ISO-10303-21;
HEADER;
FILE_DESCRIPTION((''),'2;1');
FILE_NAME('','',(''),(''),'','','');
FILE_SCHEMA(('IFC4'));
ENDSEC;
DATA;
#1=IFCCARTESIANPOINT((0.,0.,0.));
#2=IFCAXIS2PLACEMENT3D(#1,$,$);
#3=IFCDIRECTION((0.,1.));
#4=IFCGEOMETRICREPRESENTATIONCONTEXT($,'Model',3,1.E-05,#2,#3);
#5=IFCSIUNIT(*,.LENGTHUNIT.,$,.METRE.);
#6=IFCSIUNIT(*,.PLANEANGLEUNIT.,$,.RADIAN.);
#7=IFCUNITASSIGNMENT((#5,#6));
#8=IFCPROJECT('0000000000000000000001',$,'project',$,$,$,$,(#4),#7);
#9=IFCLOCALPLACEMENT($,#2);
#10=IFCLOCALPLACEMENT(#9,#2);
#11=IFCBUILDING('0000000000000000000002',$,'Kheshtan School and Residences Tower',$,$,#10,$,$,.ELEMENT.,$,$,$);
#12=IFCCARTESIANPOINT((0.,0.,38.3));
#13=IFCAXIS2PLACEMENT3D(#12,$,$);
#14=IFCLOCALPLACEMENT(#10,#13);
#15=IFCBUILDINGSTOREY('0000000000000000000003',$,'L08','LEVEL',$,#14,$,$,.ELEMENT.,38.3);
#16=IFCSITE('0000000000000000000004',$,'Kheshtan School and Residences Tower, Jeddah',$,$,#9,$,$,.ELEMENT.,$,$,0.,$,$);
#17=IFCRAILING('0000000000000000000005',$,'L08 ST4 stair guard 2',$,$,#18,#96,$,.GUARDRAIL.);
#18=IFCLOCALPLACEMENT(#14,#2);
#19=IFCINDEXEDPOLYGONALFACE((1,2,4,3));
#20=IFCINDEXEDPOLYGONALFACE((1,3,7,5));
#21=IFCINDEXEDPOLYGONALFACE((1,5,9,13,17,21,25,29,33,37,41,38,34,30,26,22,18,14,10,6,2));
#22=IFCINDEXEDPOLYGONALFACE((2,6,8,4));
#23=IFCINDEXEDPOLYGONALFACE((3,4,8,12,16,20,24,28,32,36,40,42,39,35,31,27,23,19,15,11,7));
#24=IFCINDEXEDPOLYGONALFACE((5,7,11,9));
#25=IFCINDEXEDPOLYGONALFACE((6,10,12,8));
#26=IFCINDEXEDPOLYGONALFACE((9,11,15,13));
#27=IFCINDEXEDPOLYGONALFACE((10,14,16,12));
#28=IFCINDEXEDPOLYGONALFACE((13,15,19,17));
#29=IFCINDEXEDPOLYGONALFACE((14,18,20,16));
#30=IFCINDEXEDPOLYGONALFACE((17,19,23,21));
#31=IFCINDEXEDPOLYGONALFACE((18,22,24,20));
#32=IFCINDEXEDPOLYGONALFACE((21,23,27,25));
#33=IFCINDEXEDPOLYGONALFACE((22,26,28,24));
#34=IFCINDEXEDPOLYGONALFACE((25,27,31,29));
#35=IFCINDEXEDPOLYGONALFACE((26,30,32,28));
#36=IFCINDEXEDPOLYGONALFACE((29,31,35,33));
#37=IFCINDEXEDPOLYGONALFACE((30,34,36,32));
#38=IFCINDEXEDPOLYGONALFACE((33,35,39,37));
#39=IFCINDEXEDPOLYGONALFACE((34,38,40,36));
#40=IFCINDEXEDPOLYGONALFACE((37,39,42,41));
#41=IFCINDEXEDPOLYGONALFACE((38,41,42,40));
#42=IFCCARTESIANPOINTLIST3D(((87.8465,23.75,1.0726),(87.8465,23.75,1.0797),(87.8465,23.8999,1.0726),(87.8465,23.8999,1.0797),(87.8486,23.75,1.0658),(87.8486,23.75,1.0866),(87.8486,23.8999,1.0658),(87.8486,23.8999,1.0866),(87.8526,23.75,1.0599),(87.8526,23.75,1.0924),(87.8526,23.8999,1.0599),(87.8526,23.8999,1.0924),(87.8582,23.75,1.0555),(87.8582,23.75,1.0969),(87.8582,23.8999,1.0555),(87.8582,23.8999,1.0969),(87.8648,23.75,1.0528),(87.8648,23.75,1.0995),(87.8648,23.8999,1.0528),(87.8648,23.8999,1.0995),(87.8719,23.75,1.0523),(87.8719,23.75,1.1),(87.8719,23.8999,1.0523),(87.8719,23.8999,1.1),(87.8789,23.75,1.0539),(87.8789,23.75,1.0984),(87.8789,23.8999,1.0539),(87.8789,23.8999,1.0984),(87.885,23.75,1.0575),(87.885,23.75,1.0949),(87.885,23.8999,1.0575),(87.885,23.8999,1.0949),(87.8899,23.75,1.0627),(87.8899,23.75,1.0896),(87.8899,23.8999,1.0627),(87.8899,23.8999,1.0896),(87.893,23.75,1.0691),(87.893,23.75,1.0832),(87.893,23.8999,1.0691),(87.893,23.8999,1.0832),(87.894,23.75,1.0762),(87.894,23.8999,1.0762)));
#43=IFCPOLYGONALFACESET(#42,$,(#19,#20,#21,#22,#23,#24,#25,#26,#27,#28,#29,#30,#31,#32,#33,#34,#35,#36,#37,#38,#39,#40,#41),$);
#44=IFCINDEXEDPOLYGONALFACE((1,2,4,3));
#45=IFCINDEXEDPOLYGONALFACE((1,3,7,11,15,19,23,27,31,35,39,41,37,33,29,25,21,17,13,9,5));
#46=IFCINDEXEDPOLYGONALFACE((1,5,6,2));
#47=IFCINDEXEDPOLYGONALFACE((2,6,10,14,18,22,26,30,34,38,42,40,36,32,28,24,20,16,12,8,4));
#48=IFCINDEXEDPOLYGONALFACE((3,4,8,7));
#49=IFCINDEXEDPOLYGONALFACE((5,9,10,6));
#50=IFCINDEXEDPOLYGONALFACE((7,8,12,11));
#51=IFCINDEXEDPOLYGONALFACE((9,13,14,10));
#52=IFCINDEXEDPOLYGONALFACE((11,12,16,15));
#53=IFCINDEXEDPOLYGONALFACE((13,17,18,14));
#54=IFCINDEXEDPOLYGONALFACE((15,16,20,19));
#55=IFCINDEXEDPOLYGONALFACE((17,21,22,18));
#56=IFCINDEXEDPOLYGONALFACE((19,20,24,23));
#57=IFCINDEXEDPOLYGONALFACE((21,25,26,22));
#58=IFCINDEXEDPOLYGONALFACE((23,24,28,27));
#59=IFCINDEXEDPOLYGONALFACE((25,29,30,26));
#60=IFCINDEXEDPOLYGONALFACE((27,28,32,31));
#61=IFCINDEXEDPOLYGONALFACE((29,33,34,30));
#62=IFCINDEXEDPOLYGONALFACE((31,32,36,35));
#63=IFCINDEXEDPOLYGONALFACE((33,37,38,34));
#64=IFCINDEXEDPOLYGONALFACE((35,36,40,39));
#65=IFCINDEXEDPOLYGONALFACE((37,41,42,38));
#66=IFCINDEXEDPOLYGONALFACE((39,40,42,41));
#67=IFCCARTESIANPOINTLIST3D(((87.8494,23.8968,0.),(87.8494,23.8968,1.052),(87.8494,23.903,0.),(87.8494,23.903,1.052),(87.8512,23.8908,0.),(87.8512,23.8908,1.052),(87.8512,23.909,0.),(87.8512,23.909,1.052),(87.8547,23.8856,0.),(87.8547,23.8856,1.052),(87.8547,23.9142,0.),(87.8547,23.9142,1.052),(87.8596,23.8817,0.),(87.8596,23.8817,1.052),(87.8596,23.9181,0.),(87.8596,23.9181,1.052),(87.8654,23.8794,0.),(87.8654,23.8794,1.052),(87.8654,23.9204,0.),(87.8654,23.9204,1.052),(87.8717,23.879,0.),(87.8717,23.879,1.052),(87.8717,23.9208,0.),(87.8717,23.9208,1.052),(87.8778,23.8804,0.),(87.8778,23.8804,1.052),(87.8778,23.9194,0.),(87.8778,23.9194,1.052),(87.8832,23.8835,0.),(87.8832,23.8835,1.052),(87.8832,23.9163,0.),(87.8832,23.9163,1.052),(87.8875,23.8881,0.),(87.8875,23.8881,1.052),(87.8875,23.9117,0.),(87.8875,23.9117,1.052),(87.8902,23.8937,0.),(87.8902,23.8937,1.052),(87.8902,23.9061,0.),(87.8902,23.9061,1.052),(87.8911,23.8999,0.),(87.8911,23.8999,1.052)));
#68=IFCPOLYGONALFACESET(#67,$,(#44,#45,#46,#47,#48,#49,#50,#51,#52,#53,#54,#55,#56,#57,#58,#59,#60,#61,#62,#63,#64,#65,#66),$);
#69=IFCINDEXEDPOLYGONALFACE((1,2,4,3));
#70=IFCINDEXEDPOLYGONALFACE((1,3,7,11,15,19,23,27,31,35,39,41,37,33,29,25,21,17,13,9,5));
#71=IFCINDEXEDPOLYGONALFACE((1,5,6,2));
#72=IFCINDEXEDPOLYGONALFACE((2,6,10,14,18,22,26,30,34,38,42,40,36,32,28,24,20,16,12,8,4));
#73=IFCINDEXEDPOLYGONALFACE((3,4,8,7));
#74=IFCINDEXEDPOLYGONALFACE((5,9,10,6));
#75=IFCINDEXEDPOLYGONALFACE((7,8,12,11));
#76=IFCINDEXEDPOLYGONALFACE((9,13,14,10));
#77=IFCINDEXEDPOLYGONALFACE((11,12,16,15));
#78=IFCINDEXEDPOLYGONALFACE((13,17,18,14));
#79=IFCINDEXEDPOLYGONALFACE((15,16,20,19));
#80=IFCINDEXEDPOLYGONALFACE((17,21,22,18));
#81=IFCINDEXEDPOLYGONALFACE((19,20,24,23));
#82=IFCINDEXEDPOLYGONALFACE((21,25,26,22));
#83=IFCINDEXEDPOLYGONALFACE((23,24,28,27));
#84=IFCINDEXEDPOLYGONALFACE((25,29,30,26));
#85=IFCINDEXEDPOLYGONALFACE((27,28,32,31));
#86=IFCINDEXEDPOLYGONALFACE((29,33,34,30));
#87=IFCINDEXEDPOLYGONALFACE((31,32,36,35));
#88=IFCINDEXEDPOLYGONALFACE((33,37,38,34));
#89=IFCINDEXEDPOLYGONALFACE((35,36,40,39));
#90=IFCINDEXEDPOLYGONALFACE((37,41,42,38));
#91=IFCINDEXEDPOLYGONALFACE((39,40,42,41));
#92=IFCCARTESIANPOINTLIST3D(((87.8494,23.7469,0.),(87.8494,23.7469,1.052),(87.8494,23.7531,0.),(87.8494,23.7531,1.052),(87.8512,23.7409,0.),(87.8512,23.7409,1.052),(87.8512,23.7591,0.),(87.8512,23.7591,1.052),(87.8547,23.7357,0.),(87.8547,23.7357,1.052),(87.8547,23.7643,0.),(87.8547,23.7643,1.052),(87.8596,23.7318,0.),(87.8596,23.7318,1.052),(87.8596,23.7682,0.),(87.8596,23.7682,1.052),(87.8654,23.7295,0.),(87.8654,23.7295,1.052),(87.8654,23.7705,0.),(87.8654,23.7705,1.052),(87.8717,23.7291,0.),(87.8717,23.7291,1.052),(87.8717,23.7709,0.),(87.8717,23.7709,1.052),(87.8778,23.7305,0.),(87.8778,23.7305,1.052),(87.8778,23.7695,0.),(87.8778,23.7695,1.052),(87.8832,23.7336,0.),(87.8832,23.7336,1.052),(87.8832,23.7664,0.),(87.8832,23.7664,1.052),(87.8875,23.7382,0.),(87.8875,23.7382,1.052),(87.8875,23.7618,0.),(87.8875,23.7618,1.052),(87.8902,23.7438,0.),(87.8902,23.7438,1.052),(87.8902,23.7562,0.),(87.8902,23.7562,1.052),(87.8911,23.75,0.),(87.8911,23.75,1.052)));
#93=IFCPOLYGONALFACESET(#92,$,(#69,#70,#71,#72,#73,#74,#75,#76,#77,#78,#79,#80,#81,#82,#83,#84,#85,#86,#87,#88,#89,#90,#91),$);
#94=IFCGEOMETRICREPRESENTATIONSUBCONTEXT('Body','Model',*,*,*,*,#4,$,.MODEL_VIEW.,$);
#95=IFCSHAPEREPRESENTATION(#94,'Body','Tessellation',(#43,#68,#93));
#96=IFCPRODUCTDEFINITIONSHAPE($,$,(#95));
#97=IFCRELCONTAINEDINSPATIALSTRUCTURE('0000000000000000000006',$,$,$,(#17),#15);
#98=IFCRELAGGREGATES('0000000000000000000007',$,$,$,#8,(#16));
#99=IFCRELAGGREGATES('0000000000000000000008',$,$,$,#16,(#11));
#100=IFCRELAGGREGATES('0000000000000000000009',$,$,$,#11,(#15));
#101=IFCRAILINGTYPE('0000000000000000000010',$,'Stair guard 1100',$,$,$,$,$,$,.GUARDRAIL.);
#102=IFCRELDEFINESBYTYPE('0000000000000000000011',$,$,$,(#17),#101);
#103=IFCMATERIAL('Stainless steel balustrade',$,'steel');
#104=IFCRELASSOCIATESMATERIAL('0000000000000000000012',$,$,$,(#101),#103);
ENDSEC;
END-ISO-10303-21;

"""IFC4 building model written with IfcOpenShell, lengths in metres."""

from ifc_helpers import new_model, si_unit, direction, frame, origin, origin_2d, place, context, subcontext, project, spatial, circle, extrude, material, type_object, element, save


model = new_model("IFC4")

# Units and contexts
model_context = context("Model", 3, precision=1e-05, world=origin(), true_north=direction((0.0, 1.0)))
body_context = subcontext(model_context, "Body", "Model", "MODEL_VIEW")
ifc_project = project(units=[si_unit("LENGTHUNIT", "METRE"), si_unit("PLANEANGLEUNIT", "RADIAN")], contexts=[model_context])

# Site, building, storey
site_placement = place(None, origin())
site = spatial("IfcSite", under=ifc_project, at=site_placement, Name="Kheshtan School and Residences Tower, Jeddah", CompositionType="ELEMENT", RefElevation=0.0)
building_placement = place(site_placement, origin())
building = spatial("IfcBuilding", under=site, at=building_placement, Name="Kheshtan School and Residences Tower", CompositionType="ELEMENT")
storey_placement = place(building_placement, frame((0.0, 0.0, 38.3)))
storey = spatial("IfcBuildingStorey", under=building, at=storey_placement, Name="L08", Description="LEVEL", CompositionType="ELEMENT", Elevation=38.3)

# Railing
ifc_material_1 = material(Name="Stainless steel balustrade", Category="steel")
railing_type_1 = type_object("IfcRailingType", Name="Stair guard 1100", PredefinedType="GUARDRAIL", material=ifc_material_1)
railing_1_placement = place(storey_placement, frame((87.8701, 23.8999, 0.0)))
element("IfcRailing", 1, at=railing_1_placement, inside=storey, type_object=railing_type_1, Name="L08 ST4 stair guard 2", PredefinedType="GUARDRAIL", context=body_context, shape_type="SweptSolid", body=[
    extrude(circle(Radius=0.0239, at=origin_2d()), frame((0.0, 0.0, 1.0762), z_axis=(0.0, -1.0, 0.0), x_axis=(1.0, 0.0, 0.0)), (0.0, 0.0, 1.0), 0.1499),
    extrude(circle(Radius=0.021, at=origin_2d()), origin(), (0.0, 0.0, 1.0), 1.052),
    extrude(circle(Radius=0.021, at=origin_2d()), frame((0.0, -0.1499, 0.0)), (0.0, 0.0, 1.0), 1.052),
])

save(model, "model.ifc")
